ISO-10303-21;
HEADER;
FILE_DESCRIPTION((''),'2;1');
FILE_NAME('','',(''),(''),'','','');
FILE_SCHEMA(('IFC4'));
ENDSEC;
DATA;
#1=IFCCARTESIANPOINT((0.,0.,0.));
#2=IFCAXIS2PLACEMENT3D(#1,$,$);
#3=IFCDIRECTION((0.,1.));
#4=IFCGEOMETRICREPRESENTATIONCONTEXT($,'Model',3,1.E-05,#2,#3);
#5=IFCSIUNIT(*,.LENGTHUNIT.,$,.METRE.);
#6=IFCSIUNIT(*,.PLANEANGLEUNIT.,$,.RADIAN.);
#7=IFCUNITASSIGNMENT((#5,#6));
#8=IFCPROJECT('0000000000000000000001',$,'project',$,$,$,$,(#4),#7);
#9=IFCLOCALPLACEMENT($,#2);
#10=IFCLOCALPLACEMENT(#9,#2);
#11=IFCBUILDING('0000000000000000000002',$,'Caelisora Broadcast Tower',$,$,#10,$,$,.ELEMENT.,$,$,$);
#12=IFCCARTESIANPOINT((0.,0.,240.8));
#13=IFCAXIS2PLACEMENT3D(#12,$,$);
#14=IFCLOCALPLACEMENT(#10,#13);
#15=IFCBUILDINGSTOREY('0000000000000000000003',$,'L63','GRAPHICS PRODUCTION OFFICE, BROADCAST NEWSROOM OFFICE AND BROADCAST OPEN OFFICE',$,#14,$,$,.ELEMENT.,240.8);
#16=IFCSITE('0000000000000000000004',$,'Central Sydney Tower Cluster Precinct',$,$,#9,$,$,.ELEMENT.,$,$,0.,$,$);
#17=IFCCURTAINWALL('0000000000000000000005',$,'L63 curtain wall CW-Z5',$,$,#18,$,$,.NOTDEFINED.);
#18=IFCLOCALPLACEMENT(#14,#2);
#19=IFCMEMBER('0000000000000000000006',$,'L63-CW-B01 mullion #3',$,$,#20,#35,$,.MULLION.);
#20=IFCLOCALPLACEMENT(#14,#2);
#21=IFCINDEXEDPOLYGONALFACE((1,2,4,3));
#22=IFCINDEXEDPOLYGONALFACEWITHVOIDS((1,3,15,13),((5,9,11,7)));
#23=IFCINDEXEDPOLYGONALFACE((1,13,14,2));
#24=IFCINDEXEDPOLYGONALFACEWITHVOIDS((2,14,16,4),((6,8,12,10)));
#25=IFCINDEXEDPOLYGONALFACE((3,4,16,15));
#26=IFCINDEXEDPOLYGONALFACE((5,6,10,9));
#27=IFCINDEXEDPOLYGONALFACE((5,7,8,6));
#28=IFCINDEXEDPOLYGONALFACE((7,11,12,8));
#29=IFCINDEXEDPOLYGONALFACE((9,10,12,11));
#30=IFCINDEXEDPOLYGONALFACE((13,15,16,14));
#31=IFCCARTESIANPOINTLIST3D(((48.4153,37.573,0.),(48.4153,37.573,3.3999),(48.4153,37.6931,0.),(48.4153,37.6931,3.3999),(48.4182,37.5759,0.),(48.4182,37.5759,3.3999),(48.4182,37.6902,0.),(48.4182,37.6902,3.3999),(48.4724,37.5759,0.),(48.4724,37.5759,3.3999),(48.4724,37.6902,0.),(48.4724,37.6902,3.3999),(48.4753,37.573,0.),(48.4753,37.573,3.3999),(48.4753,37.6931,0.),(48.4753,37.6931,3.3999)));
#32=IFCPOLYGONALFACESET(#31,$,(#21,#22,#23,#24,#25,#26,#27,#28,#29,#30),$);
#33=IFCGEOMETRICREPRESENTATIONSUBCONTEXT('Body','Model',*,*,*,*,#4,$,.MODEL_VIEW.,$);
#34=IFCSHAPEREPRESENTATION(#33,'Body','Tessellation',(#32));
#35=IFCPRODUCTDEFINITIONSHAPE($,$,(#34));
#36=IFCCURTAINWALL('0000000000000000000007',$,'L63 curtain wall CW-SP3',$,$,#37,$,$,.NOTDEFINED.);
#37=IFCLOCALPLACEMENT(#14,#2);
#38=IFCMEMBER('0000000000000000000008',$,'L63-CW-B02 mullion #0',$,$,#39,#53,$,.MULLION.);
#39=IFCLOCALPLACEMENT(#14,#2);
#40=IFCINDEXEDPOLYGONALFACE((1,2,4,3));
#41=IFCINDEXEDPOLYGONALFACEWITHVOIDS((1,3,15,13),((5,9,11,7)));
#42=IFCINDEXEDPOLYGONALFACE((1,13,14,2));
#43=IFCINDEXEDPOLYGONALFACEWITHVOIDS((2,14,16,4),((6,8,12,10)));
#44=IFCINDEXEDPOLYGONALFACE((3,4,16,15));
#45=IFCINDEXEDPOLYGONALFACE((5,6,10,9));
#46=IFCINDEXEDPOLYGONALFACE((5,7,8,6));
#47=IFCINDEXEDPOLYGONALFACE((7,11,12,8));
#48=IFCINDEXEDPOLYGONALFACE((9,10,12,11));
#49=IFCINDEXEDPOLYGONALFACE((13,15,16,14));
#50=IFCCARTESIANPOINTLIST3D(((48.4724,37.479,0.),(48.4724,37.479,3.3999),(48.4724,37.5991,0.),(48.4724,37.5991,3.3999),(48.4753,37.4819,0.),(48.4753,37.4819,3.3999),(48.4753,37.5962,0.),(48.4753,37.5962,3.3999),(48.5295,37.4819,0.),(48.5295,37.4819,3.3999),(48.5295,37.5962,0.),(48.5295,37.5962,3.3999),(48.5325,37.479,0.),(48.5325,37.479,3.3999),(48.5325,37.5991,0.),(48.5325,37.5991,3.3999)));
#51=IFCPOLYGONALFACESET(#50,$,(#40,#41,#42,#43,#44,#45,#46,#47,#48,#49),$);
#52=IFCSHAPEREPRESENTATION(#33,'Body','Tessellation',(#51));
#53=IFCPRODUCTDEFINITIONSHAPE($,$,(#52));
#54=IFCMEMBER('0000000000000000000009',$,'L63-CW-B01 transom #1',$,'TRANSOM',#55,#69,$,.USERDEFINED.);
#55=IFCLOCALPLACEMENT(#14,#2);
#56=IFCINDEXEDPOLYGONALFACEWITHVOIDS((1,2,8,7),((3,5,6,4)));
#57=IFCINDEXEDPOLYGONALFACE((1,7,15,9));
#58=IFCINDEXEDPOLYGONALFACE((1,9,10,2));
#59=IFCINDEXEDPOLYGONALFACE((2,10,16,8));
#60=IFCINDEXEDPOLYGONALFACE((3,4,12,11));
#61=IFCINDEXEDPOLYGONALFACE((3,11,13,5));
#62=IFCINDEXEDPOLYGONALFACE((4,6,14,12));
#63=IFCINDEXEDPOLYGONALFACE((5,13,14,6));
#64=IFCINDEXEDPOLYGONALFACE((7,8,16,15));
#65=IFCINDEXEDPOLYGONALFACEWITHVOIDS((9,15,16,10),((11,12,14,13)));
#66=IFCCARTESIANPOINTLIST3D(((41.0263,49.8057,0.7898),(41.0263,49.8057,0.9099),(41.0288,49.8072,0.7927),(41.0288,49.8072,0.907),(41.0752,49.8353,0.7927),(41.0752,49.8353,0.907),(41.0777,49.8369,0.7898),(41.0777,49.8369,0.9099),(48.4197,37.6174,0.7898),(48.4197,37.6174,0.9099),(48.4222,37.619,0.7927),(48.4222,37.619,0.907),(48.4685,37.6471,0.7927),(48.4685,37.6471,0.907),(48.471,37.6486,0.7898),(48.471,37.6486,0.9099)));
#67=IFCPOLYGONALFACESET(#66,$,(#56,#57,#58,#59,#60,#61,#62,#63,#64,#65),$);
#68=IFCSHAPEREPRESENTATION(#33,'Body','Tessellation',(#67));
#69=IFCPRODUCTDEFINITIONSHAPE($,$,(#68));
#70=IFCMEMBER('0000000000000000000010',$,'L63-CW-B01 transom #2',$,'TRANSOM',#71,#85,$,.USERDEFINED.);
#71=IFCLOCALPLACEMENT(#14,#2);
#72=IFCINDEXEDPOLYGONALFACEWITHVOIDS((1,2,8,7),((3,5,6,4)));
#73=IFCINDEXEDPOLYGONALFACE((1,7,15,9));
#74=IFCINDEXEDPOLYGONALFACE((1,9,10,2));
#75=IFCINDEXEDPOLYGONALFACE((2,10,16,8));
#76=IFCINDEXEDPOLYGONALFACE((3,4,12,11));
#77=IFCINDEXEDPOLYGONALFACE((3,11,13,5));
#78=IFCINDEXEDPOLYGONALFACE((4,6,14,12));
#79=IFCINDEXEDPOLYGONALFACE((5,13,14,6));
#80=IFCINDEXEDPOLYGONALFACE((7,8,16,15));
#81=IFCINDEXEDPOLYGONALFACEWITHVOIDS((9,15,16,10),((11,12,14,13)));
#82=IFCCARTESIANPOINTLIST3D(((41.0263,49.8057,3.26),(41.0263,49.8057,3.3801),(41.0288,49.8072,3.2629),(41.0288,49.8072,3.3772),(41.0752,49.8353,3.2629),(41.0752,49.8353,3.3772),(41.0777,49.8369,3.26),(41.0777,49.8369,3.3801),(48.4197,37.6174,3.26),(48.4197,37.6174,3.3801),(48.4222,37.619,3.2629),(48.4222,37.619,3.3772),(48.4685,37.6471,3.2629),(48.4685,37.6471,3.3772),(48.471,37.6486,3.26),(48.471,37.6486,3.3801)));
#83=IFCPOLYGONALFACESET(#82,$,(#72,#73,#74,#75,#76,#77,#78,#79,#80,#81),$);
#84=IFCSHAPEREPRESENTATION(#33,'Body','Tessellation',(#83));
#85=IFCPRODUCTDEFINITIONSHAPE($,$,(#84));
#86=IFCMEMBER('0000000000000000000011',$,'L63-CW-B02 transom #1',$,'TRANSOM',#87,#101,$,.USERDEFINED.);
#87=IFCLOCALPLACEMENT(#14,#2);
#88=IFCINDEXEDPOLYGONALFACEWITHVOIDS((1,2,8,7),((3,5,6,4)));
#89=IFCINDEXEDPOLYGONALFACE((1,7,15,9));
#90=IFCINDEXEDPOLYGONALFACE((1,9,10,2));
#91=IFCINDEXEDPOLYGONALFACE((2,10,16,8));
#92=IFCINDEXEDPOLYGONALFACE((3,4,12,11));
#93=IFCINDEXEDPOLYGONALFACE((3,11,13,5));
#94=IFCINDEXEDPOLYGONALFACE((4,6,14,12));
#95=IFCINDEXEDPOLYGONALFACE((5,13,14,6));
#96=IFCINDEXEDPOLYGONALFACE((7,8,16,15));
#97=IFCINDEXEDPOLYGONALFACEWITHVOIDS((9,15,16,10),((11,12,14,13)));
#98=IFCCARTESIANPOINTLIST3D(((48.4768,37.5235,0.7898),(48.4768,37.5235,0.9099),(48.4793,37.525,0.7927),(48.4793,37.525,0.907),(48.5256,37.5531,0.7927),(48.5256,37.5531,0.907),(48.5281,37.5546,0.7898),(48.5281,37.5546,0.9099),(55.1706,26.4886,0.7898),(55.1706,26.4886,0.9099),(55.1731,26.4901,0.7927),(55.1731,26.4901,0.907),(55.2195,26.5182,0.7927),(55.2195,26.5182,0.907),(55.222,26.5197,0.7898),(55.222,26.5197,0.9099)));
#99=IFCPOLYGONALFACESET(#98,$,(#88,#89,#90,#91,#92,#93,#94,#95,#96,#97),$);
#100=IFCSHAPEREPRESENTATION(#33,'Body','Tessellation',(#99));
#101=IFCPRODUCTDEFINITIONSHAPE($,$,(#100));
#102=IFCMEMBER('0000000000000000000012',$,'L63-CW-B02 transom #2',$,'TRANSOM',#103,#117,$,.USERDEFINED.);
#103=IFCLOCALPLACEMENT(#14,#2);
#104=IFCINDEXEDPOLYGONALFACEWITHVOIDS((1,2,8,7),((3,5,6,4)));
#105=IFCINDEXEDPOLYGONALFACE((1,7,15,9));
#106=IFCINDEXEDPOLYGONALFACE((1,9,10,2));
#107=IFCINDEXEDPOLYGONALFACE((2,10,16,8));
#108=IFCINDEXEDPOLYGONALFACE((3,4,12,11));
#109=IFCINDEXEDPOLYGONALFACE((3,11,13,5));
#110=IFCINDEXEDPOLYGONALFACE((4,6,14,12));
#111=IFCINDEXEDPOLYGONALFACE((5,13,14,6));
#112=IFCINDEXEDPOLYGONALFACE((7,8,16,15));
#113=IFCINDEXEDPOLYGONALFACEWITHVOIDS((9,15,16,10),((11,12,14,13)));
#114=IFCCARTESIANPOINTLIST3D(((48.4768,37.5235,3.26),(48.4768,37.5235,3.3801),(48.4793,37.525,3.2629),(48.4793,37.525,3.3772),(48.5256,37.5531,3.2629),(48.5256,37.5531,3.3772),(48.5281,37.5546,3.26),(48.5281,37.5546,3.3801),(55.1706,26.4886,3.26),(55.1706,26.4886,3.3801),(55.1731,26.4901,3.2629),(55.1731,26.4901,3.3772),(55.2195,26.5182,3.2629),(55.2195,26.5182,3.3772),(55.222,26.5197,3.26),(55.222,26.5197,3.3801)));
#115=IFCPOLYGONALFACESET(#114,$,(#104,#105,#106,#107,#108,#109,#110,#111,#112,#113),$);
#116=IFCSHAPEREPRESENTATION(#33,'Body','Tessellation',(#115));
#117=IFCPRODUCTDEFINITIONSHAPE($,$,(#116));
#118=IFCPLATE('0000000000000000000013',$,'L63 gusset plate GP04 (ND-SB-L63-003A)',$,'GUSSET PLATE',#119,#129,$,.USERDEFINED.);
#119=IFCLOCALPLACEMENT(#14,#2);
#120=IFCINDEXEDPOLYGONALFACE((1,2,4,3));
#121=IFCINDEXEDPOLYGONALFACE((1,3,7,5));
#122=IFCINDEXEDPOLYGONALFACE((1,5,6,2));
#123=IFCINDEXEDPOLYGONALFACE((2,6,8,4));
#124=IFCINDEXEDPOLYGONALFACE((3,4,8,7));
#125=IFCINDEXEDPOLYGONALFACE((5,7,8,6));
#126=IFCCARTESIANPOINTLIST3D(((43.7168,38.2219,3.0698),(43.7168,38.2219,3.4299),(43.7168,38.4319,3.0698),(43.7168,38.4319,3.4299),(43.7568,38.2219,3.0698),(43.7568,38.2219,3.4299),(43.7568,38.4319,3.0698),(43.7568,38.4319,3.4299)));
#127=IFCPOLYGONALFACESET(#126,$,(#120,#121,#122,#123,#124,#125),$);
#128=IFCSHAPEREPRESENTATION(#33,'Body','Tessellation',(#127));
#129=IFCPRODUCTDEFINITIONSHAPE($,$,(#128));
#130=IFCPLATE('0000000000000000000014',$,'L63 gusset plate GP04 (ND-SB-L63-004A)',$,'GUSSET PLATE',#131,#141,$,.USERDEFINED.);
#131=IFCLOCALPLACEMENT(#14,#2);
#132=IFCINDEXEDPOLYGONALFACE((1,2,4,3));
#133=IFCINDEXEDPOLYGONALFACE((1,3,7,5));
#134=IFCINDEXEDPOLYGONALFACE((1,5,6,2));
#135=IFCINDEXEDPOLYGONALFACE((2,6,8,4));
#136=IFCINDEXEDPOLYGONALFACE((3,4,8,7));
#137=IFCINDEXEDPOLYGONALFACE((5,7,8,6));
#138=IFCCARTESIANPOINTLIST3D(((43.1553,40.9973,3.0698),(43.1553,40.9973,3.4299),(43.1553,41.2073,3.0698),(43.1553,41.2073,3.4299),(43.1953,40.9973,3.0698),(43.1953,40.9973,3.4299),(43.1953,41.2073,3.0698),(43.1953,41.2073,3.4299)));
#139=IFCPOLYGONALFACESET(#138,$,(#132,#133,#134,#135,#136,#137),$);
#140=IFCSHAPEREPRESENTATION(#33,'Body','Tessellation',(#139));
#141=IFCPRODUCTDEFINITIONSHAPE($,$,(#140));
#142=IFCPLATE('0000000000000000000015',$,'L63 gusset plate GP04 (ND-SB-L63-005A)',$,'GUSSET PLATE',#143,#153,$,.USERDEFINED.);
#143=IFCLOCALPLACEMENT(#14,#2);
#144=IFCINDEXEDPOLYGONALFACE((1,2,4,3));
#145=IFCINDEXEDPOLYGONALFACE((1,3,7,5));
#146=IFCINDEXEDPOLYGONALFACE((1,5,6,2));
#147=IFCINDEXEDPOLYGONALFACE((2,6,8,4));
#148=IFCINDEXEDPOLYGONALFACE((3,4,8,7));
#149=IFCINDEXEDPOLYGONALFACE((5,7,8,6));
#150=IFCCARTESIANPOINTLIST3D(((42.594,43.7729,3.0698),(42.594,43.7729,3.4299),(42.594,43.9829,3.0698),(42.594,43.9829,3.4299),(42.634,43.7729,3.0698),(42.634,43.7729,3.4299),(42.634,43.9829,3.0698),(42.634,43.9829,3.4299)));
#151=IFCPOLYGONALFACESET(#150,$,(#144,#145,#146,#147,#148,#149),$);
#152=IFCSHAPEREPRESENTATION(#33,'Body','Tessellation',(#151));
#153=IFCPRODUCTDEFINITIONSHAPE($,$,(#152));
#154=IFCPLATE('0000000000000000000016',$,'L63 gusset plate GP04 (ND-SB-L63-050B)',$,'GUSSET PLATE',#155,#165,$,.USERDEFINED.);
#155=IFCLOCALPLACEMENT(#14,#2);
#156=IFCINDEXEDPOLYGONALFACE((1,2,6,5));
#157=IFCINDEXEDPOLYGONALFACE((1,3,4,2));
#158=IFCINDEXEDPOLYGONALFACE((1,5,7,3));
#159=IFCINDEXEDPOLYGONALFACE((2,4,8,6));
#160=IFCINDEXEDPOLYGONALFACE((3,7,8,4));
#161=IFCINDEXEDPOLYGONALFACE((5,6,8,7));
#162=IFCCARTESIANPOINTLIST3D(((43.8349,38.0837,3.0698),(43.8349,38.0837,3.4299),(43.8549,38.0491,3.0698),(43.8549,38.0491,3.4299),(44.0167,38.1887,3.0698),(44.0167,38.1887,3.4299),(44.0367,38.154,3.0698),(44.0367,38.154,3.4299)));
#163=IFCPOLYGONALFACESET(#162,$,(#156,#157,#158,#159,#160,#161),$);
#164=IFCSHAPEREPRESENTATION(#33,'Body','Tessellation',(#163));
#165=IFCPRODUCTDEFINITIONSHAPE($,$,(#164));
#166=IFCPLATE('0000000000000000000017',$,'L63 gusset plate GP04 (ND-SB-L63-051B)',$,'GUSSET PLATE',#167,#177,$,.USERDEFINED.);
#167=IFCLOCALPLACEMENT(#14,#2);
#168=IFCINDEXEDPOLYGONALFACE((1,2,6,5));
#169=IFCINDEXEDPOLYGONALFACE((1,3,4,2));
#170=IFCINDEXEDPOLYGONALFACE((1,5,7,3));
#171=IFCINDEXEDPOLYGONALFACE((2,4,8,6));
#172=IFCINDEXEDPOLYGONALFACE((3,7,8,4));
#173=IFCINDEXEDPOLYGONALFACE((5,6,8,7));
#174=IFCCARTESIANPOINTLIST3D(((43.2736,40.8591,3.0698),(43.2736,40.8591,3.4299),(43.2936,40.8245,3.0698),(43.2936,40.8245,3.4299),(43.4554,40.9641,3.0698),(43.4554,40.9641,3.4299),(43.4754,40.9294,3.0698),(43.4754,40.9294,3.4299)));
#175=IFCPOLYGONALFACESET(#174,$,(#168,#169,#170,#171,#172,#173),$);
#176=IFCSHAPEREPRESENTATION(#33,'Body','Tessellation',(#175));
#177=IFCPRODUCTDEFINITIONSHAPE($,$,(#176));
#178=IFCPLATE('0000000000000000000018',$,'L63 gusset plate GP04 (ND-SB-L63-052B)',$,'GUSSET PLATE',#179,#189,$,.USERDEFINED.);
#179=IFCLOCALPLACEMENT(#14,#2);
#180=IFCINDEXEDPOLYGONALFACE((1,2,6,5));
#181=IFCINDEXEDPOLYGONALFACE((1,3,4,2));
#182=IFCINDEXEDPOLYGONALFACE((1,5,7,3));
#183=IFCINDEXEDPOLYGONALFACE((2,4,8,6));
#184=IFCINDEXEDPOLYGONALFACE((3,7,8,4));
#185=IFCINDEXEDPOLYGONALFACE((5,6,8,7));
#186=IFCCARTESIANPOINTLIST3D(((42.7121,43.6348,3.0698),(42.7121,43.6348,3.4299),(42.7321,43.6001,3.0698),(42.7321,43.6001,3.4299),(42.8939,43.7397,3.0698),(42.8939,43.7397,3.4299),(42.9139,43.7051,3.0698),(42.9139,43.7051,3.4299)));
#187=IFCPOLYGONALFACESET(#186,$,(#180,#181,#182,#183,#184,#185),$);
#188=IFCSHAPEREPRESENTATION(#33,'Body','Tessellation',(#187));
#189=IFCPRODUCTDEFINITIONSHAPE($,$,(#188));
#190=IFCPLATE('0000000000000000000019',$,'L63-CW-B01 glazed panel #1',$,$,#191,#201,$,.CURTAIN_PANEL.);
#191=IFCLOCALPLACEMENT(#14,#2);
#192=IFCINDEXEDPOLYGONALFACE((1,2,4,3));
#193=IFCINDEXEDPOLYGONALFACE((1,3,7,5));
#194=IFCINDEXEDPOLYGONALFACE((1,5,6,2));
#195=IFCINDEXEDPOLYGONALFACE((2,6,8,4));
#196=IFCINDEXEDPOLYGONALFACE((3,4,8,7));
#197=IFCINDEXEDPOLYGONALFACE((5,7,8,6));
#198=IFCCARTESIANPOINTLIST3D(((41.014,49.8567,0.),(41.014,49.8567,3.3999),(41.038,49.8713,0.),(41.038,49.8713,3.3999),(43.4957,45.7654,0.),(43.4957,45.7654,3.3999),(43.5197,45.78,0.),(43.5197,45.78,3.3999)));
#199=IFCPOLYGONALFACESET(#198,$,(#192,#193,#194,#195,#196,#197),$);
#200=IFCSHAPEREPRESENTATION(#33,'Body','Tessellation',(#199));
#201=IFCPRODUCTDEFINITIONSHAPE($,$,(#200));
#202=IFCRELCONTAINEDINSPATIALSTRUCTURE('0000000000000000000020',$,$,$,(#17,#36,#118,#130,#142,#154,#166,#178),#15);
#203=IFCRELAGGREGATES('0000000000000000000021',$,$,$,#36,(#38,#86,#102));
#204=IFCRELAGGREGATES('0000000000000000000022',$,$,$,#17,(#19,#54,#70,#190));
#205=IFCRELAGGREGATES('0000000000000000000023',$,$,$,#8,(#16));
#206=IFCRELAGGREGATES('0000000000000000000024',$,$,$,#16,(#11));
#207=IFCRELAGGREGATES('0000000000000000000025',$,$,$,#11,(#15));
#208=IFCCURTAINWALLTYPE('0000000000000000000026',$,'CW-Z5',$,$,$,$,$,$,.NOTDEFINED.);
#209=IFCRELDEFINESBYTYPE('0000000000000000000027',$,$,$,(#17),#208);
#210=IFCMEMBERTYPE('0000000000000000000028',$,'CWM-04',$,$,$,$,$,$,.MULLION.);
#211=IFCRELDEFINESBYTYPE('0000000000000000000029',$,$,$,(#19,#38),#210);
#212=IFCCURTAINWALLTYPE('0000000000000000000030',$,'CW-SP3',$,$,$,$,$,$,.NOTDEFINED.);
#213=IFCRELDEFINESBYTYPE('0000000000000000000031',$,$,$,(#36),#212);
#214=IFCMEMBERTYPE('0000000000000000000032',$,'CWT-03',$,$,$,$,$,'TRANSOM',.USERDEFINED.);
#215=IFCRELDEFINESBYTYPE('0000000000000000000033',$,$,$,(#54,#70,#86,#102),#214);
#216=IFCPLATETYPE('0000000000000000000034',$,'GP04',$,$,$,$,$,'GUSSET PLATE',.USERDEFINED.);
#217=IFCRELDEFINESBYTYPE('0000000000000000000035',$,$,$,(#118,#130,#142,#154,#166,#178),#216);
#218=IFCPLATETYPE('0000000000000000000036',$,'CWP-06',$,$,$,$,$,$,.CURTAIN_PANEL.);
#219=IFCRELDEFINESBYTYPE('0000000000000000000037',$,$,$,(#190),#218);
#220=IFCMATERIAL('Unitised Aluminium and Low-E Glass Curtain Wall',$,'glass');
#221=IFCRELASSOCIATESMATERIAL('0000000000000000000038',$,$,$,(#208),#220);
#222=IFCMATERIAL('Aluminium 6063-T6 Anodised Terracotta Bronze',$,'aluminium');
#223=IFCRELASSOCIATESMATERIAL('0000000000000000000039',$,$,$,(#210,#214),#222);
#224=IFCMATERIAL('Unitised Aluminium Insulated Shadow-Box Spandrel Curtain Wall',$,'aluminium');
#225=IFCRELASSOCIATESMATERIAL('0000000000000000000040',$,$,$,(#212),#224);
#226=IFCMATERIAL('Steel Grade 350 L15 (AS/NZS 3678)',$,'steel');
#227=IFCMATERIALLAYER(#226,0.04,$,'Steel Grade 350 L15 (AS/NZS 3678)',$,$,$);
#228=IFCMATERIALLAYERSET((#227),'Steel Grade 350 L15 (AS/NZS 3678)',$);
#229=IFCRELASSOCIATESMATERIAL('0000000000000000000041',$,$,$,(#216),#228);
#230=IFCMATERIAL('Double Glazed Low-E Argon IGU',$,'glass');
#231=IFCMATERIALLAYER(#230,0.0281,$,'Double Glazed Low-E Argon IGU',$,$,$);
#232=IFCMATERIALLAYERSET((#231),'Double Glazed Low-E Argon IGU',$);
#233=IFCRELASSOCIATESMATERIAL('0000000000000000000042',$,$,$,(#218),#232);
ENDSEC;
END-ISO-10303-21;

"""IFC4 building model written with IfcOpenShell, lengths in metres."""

from ifc_helpers import new_model, si_unit, direction, frame, origin, origin_2d, place, context, subcontext, project, spatial, rectangle, hollow_rectangle, extrude, source, transform, mapped, material, layer, layer_set, material_profile, profile_set, type_object, type_shapes, element, aggregate, save


model = new_model("IFC4")

# Units and contexts
model_context = context("Model", 3, precision=1e-05, world=origin(), true_north=direction((0.0, 1.0)))
body_context = subcontext(model_context, "Body", "Model", "MODEL_VIEW")
ifc_project = project(units=[si_unit("LENGTHUNIT", "METRE"), si_unit("PLANEANGLEUNIT", "RADIAN")], contexts=[model_context])

# Site, building, storey
site_placement = place(None, origin())
site = spatial("IfcSite", under=ifc_project, at=site_placement, Name="Central Sydney Tower Cluster Precinct", CompositionType="ELEMENT", RefElevation=0.0)
building_placement = place(site_placement, origin())
building = spatial("IfcBuilding", under=site, at=building_placement, Name="Caelisora Broadcast Tower", CompositionType="ELEMENT")
storey_placement = place(building_placement, frame((0.0, 0.0, 240.8)))
storey = spatial("IfcBuildingStorey", under=building, at=storey_placement, Name="L63", Description="GRAPHICS PRODUCTION OFFICE, BROADCAST NEWSROOM OFFICE AND BROADCAST OPEN OFFICE", CompositionType="ELEMENT", Elevation=240.8)

# Shared definitions
ifc_material_1 = material(Name="Steel Grade 350 L15 (AS/NZS 3678)", Category="steel")

# Curtain wall, member
ifc_material_2 = material(Name="Unitised Aluminium and Low-E Glass Curtain Wall", Category="glass")
curtain_wall_type_1 = type_object("IfcCurtainWallType", Name="CW-Z5", PredefinedType="NOTDEFINED", material=ifc_material_2)
curtain_wall_1_placement = place(storey_placement, origin())
curtain_wall_1 = element("IfcCurtainWall", 1, at=curtain_wall_1_placement, inside=storey, type_object=curtain_wall_type_1, Name="L63 curtain wall CW-Z5", PredefinedType="NOTDEFINED")
ifc_material_3 = material(Name="Aluminium 6063-T6 Anodised Terracotta Bronze", Category="aluminium")
ifc_material_profile_1 = material_profile(ifc_material_3, hollow_rectangle(XDim=0.0601, YDim=0.1201, WallThickness=0.0029, at=origin_2d()), Name="Aluminium 6063-T6 Anodised Terracotta Bronze")
ifc_profile_set_1 = profile_set([ifc_material_profile_1], Name="Aluminium 6063-T6 Anodised Terracotta Bronze")
member_type_1 = type_object("IfcMemberType", Name="CWM-04", PredefinedType="MULLION", material=ifc_profile_set_1)
shared_shape_1 = source(origin(), body_context, "Body", "SweptSolid", [
    extrude(hollow_rectangle(XDim=0.0601, YDim=0.1201, WallThickness=0.0029, at=origin_2d()), origin(), (0.0, 0.0, 1.0), 3.3999),
])
type_shapes(member_type_1, [shared_shape_1])
member_1_placement = place(storey_placement, frame((48.4453, 37.6331, 0.0), z_axis=(0.0, 0.0, 1.0), x_axis=(1.0, 0.0, 0.0)))
member_1 = element("IfcMember", 2, at=member_1_placement, type_object=member_type_1, Name="L63-CW-B01 mullion #3", PredefinedType="MULLION", context=body_context, shape_type="MappedRepresentation", body=[
    mapped(shared_shape_1, transform((0.0, 0.0, 0.0), scale=1.0)),
])

# Curtain wall, member
ifc_material_4 = material(Name="Unitised Aluminium Insulated Shadow-Box Spandrel Curtain Wall", Category="aluminium")
curtain_wall_type_2 = type_object("IfcCurtainWallType", Name="CW-SP3", PredefinedType="NOTDEFINED", material=ifc_material_4)
curtain_wall_2_placement = place(storey_placement, origin())
curtain_wall_2 = element("IfcCurtainWall", 3, at=curtain_wall_2_placement, inside=storey, type_object=curtain_wall_type_2, Name="L63 curtain wall CW-SP3", PredefinedType="NOTDEFINED")
member_2_placement = place(storey_placement, frame((48.5024, 37.5391, 0.0), z_axis=(0.0, 0.0, 1.0), x_axis=(1.0, 0.0, 0.0)))
member_2 = element("IfcMember", 4, at=member_2_placement, type_object=member_type_1, Name="L63-CW-B02 mullion #0", PredefinedType="MULLION", context=body_context, shape_type="MappedRepresentation", body=[
    mapped(shared_shape_1, transform((0.0, 0.0, 0.0), scale=1.0)),
])

# Members
ifc_material_profile_2 = material_profile(ifc_material_3, hollow_rectangle(XDim=0.0601, YDim=0.1201, WallThickness=0.0029, at=origin_2d()), Name="Aluminium 6063-T6 Anodised Terracotta Bronze")
ifc_profile_set_2 = profile_set([ifc_material_profile_2], Name="Aluminium 6063-T6 Anodised Terracotta Bronze")
member_type_2 = type_object("IfcMemberType", Name="CWT-03", ElementType="TRANSOM", PredefinedType="USERDEFINED", material=ifc_profile_set_2)
shared_shape_2 = source(origin(), body_context, "Body", "SweptSolid", [
    extrude(hollow_rectangle(XDim=0.0601, YDim=0.1201, WallThickness=0.0029, at=origin_2d()), origin(), (0.0, 0.0, 1.0), 14.2554),
])
member_3_placement = place(storey_placement, frame((41.052, 49.8213, 0.8499), z_axis=(0.518635, -0.854996, 0.0), x_axis=(0.854996, 0.518635, 0.0)))
member_3 = element("IfcMember", 5, at=member_3_placement, type_object=member_type_2, Name="L63-CW-B01 transom #1", ObjectType="TRANSOM", PredefinedType="USERDEFINED", context=body_context, shape_type="MappedRepresentation", body=[
    mapped(shared_shape_2, transform((0.0, 0.0, 0.0), scale=1.0)),
])
member_4_placement = place(storey_placement, frame((41.052, 49.8213, 3.3201), z_axis=(0.518635, -0.854996, 0.0), x_axis=(0.854996, 0.518635, 0.0)))
member_4 = element("IfcMember", 6, at=member_4_placement, type_object=member_type_2, Name="L63-CW-B01 transom #2", ObjectType="TRANSOM", PredefinedType="USERDEFINED", context=body_context, shape_type="MappedRepresentation", body=[
    mapped(shared_shape_2, transform((0.0, 0.0, 0.0), scale=1.0)),
])
shared_shape_3 = source(origin(), body_context, "Body", "SweptSolid", [
    extrude(hollow_rectangle(XDim=0.0601, YDim=0.1201, WallThickness=0.0029, at=origin_2d()), origin(), (0.0, 0.0, 1.0), 12.9065),
])
type_shapes(member_type_2, [shared_shape_2, shared_shape_3])
member_5_placement = place(storey_placement, frame((48.5024, 37.5391, 0.8499), z_axis=(0.518643, -0.854991, 0.0), x_axis=(0.854991, 0.518643, 0.0)))
member_5 = element("IfcMember", 7, at=member_5_placement, type_object=member_type_2, Name="L63-CW-B02 transom #1", ObjectType="TRANSOM", PredefinedType="USERDEFINED", context=body_context, shape_type="MappedRepresentation", body=[
    mapped(shared_shape_3, transform((0.0, 0.0, 0.0), scale=1.0)),
])
member_6_placement = place(storey_placement, frame((48.5024, 37.5391, 3.3201), z_axis=(0.518643, -0.854991, 0.0), x_axis=(0.854991, 0.518643, 0.0)))
member_6 = element("IfcMember", 8, at=member_6_placement, type_object=member_type_2, Name="L63-CW-B02 transom #2", ObjectType="TRANSOM", PredefinedType="USERDEFINED", context=body_context, shape_type="MappedRepresentation", body=[
    mapped(shared_shape_3, transform((0.0, 0.0, 0.0), scale=1.0)),
])
aggregate(curtain_wall_2, [member_2, member_5, member_6])

# Plates
ifc_layer_1 = layer(ifc_material_1, 0.04, Name="Steel Grade 350 L15 (AS/NZS 3678)")
ifc_layer_set_1 = layer_set([ifc_layer_1], Name="Steel Grade 350 L15 (AS/NZS 3678)")
plate_type_1 = type_object("IfcPlateType", Name="GP04", ElementType="GUSSET PLATE", PredefinedType="USERDEFINED", material=ifc_layer_set_1)
shared_shape_4 = source(origin(), body_context, "Body", "SweptSolid", [
    extrude(rectangle(XDim=0.21, YDim=0.04, at=origin_2d()), origin(), (0.0, 0.0, 1.0), 0.3601),
])
type_shapes(plate_type_1, [shared_shape_4])
for number, where, z_axis, x_axis, name in (
    (9, (43.7368, 38.3269, 3.0698), (0.0, 0.0, 1.0), (0.0, -1.0, 0.0), "L63 gusset plate GP04 (ND-SB-L63-003A)"),
    (10, (43.1753, 41.1023, 3.0698), (0.0, 0.0, 1.0), (0.0, -1.0, 0.0), "L63 gusset plate GP04 (ND-SB-L63-004A)"),
    (11, (42.614, 43.8779, 3.0698), (0.0, 0.0, 1.0), (0.0, -1.0, 0.0), "L63 gusset plate GP04 (ND-SB-L63-005A)"),
    (12, (43.9358, 38.1189, 3.0698), (0.0, 0.0, 1.0), (-0.866025, -0.5, 0.0), "L63 gusset plate GP04 (ND-SB-L63-050B)"),
    (13, (43.3745, 40.8943, 3.0698), (0.0, 0.0, 1.0), (-0.866025, -0.5, 0.0), "L63 gusset plate GP04 (ND-SB-L63-051B)"),
    (14, (42.813, 43.6699, 3.0698), (0.0, 0.0, 1.0), (-0.866025, -0.5, 0.0), "L63 gusset plate GP04 (ND-SB-L63-052B)"),
):
    element("IfcPlate", number, at=place(storey_placement, frame(where, z_axis=z_axis, x_axis=x_axis)), inside=storey, type_object=plate_type_1, Name=name, ObjectType="GUSSET PLATE", PredefinedType="USERDEFINED", context=body_context, shape_type="MappedRepresentation", body=[
        mapped(shared_shape_4, transform((0.0, 0.0, 0.0), scale=1.0)),
    ])

# Plate
ifc_material_5 = material(Name="Double Glazed Low-E Argon IGU", Category="glass")
ifc_layer_2 = layer(ifc_material_5, 0.0281, Name="Double Glazed Low-E Argon IGU")
ifc_layer_set_2 = layer_set([ifc_layer_2], Name="Double Glazed Low-E Argon IGU")
plate_type_2 = type_object("IfcPlateType", Name="CWP-06", PredefinedType="CURTAIN_PANEL", material=ifc_layer_set_2)
shared_shape_5 = source(origin(), body_context, "Body", "SweptSolid", [
    extrude(rectangle(XDim=4.7852, YDim=0.0281, at=origin_2d()), origin(), (0.0, 0.0, 1.0), 3.3999),
])
type_shapes(plate_type_2, [shared_shape_5])
plate_1_placement = place(storey_placement, frame((42.2668, 47.8184, 0.0), z_axis=(0.0, 0.0, 1.0), x_axis=(0.518624, -0.855002, 0.0)))
plate_1 = element("IfcPlate", 15, at=plate_1_placement, type_object=plate_type_2, Name="L63-CW-B01 glazed panel #1", PredefinedType="CURTAIN_PANEL", context=body_context, shape_type="MappedRepresentation", body=[
    mapped(shared_shape_5, transform((0.0, 0.0, 0.0), scale=1.0)),
])
aggregate(curtain_wall_1, [member_1, member_3, member_4, plate_1])

save(model, "model.ifc")
